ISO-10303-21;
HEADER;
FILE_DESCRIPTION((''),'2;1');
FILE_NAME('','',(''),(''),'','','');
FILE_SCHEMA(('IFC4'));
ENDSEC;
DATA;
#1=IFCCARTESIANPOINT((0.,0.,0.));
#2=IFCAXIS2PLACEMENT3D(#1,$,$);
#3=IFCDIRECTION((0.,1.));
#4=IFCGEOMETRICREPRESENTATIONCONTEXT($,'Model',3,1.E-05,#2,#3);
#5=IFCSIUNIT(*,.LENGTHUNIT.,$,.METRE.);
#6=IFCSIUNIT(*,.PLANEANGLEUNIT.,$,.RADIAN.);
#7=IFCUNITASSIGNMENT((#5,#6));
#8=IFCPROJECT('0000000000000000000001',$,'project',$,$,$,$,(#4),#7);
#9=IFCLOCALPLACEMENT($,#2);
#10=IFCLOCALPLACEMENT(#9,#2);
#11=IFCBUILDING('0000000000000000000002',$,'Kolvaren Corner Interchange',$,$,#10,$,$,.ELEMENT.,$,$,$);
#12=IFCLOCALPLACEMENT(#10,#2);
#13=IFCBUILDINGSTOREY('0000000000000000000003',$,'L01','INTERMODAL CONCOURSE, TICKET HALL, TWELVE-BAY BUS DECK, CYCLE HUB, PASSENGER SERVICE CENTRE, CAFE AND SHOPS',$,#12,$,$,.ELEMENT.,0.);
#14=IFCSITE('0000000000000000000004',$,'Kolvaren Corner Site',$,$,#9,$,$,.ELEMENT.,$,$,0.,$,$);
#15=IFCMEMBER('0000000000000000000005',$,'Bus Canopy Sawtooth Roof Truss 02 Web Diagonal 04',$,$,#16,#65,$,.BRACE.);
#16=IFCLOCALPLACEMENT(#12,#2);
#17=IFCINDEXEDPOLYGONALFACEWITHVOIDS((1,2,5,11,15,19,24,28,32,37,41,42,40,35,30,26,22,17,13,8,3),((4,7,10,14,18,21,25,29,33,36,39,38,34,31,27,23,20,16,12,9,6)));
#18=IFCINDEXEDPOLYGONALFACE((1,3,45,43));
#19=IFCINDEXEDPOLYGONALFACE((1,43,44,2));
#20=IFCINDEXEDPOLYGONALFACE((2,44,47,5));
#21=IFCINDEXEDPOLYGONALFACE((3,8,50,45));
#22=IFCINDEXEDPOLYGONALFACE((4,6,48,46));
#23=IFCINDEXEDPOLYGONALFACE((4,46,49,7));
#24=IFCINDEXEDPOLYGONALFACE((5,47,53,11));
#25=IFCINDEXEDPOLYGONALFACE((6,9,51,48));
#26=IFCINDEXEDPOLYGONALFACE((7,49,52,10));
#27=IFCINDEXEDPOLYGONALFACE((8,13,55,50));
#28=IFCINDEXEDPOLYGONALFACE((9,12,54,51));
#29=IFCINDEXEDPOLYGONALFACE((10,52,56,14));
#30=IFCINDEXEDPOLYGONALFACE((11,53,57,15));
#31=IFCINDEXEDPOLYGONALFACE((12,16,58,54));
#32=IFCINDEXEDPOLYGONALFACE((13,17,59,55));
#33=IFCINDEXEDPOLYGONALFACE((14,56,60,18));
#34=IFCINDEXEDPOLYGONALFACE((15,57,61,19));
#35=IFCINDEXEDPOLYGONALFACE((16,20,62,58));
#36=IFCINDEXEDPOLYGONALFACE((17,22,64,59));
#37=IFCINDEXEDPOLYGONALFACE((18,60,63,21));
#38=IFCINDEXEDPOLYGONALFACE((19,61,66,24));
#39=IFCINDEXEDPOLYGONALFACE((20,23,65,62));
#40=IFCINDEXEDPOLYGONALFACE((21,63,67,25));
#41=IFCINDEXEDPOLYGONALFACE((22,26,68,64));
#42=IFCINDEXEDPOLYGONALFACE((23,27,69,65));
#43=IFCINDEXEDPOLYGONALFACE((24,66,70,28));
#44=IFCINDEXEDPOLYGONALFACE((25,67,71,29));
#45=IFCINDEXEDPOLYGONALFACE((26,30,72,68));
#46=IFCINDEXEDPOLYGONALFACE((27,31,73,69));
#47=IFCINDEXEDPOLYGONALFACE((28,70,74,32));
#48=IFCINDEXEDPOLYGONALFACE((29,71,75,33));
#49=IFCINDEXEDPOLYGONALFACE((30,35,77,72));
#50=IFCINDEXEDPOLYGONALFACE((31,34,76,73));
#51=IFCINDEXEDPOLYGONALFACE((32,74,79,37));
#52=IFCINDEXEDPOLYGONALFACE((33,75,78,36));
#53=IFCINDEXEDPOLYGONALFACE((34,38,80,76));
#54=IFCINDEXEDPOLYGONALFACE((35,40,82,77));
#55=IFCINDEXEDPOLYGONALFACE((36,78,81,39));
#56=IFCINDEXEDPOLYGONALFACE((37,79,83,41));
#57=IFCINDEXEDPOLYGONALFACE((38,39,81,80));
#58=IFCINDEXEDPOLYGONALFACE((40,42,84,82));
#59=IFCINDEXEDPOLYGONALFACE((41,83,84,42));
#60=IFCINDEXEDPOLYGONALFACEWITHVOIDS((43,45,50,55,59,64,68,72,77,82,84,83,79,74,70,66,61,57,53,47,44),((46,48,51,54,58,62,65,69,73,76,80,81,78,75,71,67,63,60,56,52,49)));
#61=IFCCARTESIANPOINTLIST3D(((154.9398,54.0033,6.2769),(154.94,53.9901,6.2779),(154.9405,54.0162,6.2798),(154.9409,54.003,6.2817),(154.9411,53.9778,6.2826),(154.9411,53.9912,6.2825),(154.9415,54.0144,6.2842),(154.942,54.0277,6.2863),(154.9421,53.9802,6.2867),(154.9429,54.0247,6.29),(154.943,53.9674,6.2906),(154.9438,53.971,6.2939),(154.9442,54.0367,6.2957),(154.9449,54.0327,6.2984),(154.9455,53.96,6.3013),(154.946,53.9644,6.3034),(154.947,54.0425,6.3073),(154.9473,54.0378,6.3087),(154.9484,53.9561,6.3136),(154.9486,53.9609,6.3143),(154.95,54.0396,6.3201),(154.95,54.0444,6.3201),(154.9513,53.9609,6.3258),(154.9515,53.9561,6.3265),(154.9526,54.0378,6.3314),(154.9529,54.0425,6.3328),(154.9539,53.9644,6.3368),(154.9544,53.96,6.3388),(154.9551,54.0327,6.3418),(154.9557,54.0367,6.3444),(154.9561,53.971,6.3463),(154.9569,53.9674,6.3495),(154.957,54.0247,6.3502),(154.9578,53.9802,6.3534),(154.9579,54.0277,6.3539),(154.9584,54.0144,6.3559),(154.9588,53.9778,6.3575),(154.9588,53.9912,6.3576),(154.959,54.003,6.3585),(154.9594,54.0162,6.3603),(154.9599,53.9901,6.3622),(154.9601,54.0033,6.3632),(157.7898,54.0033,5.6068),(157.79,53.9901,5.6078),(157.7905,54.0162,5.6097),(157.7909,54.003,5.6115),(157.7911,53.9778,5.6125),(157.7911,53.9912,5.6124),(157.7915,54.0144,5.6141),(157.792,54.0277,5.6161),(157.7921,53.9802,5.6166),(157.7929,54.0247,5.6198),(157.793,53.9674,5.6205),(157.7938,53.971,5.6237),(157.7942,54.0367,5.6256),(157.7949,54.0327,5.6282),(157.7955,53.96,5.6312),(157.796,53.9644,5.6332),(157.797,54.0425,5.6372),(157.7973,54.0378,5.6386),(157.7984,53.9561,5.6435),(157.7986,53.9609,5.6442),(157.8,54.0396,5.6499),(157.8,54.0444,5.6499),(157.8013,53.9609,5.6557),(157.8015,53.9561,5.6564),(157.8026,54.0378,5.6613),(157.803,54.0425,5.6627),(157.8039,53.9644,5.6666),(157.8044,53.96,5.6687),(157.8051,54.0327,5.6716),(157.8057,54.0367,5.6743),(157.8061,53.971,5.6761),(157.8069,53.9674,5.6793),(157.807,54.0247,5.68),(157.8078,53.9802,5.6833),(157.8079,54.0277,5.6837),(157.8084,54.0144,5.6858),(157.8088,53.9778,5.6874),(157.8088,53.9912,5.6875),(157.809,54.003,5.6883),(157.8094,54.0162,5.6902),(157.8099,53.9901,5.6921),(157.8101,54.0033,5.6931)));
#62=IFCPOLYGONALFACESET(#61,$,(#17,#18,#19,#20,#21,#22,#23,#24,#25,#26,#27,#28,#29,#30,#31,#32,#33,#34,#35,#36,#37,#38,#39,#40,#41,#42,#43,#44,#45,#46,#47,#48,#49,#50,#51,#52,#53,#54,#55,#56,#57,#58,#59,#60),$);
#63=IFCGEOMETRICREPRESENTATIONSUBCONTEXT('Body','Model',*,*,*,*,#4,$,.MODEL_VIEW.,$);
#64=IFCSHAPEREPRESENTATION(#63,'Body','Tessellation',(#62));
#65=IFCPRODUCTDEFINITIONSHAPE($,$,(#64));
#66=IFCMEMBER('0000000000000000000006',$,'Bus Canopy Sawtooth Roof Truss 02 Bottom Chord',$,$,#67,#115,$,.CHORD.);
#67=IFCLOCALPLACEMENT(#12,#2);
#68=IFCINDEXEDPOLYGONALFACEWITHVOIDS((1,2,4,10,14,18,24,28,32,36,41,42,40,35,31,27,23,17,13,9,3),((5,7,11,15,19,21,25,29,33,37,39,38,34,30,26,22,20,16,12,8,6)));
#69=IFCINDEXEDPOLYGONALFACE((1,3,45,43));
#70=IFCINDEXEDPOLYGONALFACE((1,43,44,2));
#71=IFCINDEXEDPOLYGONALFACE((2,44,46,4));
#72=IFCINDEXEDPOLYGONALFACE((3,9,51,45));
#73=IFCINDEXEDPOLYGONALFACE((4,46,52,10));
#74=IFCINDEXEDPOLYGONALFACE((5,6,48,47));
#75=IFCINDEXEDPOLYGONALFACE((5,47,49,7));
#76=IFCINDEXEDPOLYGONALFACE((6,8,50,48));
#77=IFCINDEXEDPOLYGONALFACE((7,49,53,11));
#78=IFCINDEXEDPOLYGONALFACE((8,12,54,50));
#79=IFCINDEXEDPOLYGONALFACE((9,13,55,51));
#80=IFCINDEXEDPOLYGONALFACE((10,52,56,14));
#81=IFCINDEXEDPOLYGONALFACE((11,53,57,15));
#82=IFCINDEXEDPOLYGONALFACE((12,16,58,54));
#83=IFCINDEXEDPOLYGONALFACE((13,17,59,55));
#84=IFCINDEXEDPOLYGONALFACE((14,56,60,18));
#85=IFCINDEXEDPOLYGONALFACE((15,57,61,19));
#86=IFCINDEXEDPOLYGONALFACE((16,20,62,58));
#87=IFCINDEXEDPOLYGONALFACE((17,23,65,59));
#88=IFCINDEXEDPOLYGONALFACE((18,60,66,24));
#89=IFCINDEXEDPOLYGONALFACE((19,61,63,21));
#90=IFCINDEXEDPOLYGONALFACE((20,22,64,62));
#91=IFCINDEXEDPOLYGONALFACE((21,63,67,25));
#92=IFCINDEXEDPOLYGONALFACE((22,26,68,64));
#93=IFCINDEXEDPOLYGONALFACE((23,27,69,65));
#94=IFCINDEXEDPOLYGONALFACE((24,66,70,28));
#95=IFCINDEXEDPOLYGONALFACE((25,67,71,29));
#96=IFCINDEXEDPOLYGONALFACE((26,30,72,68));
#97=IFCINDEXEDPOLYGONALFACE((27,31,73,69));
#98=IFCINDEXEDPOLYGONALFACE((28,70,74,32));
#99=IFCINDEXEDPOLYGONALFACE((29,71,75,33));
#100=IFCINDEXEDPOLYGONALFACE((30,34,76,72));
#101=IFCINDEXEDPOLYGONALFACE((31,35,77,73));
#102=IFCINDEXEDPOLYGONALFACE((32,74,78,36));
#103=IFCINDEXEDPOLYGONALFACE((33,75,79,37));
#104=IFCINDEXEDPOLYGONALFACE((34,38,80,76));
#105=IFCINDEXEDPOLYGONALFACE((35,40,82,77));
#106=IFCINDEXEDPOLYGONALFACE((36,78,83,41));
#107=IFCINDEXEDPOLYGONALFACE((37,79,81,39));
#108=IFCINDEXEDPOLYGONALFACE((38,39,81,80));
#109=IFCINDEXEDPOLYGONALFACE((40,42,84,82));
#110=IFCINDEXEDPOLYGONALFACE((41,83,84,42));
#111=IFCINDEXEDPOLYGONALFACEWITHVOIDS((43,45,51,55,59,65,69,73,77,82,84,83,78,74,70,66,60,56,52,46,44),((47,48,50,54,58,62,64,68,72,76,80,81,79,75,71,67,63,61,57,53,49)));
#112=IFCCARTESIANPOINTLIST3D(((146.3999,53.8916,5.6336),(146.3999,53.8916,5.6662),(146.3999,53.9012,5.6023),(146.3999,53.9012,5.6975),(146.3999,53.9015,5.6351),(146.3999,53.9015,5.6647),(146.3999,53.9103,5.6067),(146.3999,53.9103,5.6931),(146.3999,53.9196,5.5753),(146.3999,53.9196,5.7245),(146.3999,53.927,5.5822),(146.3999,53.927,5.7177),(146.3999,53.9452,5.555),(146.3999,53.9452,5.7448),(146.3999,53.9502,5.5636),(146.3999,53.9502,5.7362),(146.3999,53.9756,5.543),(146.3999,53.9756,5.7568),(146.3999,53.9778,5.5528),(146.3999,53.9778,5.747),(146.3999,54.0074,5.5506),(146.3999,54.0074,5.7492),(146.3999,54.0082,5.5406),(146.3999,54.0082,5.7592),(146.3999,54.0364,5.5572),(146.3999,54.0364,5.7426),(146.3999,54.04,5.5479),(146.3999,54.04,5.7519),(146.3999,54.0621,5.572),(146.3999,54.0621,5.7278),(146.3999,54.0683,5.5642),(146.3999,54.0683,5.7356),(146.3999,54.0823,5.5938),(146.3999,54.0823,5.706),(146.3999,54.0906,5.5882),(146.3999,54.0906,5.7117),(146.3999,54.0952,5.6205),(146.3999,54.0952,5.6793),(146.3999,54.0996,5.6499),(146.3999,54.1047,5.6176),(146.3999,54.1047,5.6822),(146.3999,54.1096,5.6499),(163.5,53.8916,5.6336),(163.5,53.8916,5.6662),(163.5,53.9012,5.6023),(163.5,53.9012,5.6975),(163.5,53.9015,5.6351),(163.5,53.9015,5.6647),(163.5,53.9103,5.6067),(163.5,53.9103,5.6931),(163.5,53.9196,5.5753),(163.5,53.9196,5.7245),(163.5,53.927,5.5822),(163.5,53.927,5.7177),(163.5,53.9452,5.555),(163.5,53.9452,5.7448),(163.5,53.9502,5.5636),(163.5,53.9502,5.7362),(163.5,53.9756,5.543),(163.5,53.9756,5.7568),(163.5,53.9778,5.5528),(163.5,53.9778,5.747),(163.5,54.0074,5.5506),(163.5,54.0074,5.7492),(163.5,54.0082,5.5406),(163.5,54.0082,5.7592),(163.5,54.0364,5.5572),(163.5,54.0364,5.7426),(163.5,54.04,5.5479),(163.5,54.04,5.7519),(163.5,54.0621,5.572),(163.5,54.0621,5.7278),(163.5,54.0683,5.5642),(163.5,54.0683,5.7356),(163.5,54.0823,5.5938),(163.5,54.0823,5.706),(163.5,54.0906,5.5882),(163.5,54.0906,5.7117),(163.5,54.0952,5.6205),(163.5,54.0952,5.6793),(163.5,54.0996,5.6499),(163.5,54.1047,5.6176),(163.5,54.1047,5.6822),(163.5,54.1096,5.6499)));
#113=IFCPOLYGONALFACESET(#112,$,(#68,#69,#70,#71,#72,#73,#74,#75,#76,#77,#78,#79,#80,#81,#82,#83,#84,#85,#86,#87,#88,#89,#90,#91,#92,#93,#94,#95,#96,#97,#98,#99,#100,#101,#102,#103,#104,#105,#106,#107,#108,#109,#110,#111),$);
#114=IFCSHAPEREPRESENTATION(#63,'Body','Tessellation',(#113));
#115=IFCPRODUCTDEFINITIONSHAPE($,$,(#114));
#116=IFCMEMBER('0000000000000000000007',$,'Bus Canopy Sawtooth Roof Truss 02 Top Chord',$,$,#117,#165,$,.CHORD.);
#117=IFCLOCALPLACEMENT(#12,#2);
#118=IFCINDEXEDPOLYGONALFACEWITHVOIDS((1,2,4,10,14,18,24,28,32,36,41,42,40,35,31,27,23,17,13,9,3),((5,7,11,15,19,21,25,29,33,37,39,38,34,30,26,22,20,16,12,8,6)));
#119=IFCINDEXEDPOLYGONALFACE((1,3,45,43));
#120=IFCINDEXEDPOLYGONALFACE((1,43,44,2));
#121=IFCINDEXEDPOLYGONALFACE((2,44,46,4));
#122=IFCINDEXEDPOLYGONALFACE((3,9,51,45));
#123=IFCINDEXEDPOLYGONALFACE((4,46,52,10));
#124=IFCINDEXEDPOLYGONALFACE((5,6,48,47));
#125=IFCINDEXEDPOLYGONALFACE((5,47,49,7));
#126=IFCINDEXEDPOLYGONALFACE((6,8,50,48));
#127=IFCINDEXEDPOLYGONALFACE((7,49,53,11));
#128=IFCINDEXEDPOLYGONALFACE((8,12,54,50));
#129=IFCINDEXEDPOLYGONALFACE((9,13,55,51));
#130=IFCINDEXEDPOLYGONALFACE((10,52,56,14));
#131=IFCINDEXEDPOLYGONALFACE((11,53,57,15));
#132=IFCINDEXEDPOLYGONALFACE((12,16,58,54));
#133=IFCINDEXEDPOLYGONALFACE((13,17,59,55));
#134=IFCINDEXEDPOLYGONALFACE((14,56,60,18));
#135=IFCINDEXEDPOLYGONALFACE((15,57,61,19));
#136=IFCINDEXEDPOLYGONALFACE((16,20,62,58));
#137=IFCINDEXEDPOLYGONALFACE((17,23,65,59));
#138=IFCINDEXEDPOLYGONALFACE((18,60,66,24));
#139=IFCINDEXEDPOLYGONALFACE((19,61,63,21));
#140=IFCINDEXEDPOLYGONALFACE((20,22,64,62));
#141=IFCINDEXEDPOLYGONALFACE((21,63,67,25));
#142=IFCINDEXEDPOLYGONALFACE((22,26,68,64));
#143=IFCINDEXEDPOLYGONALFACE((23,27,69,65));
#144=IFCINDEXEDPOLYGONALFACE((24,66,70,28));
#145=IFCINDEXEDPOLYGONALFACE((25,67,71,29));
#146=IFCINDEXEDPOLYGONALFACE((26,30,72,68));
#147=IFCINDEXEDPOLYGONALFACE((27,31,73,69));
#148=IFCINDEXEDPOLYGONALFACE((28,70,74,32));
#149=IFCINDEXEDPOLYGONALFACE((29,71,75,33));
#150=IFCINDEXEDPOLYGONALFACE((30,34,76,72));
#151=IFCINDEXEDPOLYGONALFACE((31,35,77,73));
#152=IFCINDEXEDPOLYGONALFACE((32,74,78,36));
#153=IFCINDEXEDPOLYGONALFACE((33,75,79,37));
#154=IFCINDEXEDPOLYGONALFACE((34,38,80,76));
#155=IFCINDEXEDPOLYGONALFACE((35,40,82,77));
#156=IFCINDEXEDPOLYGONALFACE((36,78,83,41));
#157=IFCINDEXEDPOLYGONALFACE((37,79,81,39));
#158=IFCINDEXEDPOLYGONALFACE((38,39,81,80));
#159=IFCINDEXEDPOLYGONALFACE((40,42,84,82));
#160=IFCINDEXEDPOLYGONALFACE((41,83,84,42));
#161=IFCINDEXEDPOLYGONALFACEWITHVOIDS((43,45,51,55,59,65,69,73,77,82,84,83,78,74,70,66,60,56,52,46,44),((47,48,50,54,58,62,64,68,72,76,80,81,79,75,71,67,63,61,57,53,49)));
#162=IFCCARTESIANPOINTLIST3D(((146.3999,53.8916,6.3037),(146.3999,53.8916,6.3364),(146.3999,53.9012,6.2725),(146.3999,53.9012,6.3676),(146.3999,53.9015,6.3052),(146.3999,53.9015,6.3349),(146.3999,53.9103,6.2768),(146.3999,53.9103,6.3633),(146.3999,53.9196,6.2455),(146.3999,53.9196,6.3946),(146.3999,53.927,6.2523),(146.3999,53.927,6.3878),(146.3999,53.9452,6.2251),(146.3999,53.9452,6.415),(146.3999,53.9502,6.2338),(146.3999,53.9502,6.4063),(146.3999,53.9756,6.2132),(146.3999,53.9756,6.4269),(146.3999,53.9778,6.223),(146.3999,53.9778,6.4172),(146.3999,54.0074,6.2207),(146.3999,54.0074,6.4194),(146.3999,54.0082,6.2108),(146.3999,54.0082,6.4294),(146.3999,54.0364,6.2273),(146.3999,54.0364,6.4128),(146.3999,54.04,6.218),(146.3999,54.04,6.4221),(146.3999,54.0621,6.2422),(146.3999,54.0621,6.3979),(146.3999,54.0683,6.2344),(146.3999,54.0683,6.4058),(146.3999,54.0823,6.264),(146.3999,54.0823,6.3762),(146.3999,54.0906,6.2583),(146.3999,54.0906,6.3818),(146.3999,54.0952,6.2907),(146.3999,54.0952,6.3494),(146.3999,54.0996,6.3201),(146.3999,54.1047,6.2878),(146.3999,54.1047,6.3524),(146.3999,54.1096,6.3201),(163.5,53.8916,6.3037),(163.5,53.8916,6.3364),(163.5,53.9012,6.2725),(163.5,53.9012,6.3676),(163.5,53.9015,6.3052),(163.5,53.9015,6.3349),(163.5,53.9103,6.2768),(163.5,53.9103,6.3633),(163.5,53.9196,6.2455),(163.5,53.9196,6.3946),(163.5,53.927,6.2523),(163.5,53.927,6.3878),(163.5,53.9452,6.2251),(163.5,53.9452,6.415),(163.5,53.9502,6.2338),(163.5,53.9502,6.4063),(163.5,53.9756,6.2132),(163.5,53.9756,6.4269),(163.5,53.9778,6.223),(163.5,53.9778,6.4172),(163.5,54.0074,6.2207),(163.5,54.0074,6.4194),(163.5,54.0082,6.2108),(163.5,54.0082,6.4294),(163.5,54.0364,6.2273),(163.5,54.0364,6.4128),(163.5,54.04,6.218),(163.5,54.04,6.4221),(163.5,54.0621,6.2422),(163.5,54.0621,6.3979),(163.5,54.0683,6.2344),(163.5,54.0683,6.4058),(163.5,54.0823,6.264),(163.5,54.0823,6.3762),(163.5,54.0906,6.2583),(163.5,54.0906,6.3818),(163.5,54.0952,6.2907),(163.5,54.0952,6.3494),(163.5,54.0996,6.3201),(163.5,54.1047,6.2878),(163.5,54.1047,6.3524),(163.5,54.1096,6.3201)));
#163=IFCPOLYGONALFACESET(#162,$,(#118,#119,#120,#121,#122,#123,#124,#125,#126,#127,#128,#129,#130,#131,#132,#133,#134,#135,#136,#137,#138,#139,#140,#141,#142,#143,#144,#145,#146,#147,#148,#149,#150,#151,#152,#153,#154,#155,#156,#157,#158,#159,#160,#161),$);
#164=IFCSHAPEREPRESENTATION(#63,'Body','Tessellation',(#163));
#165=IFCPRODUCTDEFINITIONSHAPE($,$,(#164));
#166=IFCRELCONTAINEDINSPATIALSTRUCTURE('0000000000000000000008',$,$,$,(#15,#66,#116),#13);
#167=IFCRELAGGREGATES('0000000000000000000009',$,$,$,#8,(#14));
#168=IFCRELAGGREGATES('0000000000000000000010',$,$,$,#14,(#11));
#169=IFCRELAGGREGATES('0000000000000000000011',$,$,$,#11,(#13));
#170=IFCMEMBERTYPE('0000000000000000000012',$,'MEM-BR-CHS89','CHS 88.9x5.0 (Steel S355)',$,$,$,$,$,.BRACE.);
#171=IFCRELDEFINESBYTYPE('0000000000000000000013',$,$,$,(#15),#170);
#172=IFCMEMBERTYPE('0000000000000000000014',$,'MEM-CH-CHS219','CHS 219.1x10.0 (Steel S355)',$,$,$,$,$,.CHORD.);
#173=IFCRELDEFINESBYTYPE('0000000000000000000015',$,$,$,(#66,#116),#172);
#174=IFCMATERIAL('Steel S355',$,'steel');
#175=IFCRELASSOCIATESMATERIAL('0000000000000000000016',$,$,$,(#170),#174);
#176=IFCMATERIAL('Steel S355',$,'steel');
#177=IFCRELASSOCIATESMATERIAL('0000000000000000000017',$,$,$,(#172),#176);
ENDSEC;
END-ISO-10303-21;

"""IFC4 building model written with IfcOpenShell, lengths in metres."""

from ifc_helpers import new_model, si_unit, direction, frame, origin, origin_2d, place, context, subcontext, project, spatial, hollow_circle, extrude, material, material_profile, profile_set, type_object, element, save


model = new_model("IFC4")

# Units and contexts
model_context = context("Model", 3, precision=1e-05, world=origin(), true_north=direction((0.0, 1.0)))
body_context = subcontext(model_context, "Body", "Model", "MODEL_VIEW")
ifc_project = project(units=[si_unit("LENGTHUNIT", "METRE"), si_unit("PLANEANGLEUNIT", "RADIAN")], contexts=[model_context])

# Site, building, storey
site_placement = place(None, origin())
site = spatial("IfcSite", under=ifc_project, at=site_placement, Name="Kolvaren Corner Site", CompositionType="ELEMENT", RefElevation=0.0)
building_placement = place(site_placement, origin())
building = spatial("IfcBuilding", under=site, at=building_placement, Name="Kolvaren Corner Interchange", CompositionType="ELEMENT")
storey_placement = place(building_placement, origin())
storey = spatial("IfcBuildingStorey", under=building, at=storey_placement, Name="L01", Description="INTERMODAL CONCOURSE, TICKET HALL, TWELVE-BAY BUS DECK, CYCLE HUB, PASSENGER SERVICE CENTRE, CAFE AND SHOPS", CompositionType="ELEMENT", Elevation=0.0)

# Members
ifc_material_1 = material(Name="Steel S355", Category="steel")
ifc_material_profile_1 = material_profile(ifc_material_1, hollow_circle(Radius=0.0444, WallThickness=0.0049, at=origin_2d()), Name="CHS 88.9x5.0")
ifc_profile_set_1 = profile_set([ifc_material_profile_1], Name="Steel S355")
member_type_1 = type_object("IfcMemberType", Name="MEM-BR-CHS89", Description="CHS 88.9x5.0 (Steel S355)", PredefinedType="BRACE", material=ifc_profile_set_1)
for number, where, z_axis, x_axis, name in (
    (1, (154.95, 54.0, 6.3201), (0.973451, 0.0, -0.228895), (0.0, 1.0, 0.0), "Bus Canopy Sawtooth Roof Truss 02 Web Diagonal 04"),
):
    element("IfcMember", number, at=place(storey_placement, frame(where, z_axis=z_axis, x_axis=x_axis)), inside=storey, type_object=member_type_1, Name=name, PredefinedType="BRACE", context=body_context, shape_type="SweptSolid", body=[
        extrude(hollow_circle(Radius=0.0444, WallThickness=0.0049, at=origin_2d()), origin(), (0.0, 0.0, 1.0), 2.9277),
    ])
ifc_material_2 = material(Name="Steel S355", Category="steel")
ifc_material_profile_2 = material_profile(ifc_material_2, hollow_circle(Radius=0.1096, WallThickness=0.01, at=origin_2d()), Name="CHS 219.1x10.0")
ifc_profile_set_2 = profile_set([ifc_material_profile_2], Name="Steel S355")
member_type_2 = type_object("IfcMemberType", Name="MEM-CH-CHS219", Description="CHS 219.1x10.0 (Steel S355)", PredefinedType="CHORD", material=ifc_profile_set_2)
for number, where, z_axis, x_axis, name in (
    (2, (146.3999, 54.0, 5.6499), (1.0, 0.0, 0.0), (0.0, 1.0, 0.0), "Bus Canopy Sawtooth Roof Truss 02 Bottom Chord"),
    (3, (146.3999, 54.0, 6.3201), (1.0, 0.0, 0.0), (0.0, 1.0, 0.0), "Bus Canopy Sawtooth Roof Truss 02 Top Chord"),
):
    element("IfcMember", number, at=place(storey_placement, frame(where, z_axis=z_axis, x_axis=x_axis)), inside=storey, type_object=member_type_2, Name=name, PredefinedType="CHORD", context=body_context, shape_type="SweptSolid", body=[
        extrude(hollow_circle(Radius=0.1096, WallThickness=0.01, at=origin_2d()), origin(), (0.0, 0.0, 1.0), 17.1001),
    ])

save(model, "model.ifc")
